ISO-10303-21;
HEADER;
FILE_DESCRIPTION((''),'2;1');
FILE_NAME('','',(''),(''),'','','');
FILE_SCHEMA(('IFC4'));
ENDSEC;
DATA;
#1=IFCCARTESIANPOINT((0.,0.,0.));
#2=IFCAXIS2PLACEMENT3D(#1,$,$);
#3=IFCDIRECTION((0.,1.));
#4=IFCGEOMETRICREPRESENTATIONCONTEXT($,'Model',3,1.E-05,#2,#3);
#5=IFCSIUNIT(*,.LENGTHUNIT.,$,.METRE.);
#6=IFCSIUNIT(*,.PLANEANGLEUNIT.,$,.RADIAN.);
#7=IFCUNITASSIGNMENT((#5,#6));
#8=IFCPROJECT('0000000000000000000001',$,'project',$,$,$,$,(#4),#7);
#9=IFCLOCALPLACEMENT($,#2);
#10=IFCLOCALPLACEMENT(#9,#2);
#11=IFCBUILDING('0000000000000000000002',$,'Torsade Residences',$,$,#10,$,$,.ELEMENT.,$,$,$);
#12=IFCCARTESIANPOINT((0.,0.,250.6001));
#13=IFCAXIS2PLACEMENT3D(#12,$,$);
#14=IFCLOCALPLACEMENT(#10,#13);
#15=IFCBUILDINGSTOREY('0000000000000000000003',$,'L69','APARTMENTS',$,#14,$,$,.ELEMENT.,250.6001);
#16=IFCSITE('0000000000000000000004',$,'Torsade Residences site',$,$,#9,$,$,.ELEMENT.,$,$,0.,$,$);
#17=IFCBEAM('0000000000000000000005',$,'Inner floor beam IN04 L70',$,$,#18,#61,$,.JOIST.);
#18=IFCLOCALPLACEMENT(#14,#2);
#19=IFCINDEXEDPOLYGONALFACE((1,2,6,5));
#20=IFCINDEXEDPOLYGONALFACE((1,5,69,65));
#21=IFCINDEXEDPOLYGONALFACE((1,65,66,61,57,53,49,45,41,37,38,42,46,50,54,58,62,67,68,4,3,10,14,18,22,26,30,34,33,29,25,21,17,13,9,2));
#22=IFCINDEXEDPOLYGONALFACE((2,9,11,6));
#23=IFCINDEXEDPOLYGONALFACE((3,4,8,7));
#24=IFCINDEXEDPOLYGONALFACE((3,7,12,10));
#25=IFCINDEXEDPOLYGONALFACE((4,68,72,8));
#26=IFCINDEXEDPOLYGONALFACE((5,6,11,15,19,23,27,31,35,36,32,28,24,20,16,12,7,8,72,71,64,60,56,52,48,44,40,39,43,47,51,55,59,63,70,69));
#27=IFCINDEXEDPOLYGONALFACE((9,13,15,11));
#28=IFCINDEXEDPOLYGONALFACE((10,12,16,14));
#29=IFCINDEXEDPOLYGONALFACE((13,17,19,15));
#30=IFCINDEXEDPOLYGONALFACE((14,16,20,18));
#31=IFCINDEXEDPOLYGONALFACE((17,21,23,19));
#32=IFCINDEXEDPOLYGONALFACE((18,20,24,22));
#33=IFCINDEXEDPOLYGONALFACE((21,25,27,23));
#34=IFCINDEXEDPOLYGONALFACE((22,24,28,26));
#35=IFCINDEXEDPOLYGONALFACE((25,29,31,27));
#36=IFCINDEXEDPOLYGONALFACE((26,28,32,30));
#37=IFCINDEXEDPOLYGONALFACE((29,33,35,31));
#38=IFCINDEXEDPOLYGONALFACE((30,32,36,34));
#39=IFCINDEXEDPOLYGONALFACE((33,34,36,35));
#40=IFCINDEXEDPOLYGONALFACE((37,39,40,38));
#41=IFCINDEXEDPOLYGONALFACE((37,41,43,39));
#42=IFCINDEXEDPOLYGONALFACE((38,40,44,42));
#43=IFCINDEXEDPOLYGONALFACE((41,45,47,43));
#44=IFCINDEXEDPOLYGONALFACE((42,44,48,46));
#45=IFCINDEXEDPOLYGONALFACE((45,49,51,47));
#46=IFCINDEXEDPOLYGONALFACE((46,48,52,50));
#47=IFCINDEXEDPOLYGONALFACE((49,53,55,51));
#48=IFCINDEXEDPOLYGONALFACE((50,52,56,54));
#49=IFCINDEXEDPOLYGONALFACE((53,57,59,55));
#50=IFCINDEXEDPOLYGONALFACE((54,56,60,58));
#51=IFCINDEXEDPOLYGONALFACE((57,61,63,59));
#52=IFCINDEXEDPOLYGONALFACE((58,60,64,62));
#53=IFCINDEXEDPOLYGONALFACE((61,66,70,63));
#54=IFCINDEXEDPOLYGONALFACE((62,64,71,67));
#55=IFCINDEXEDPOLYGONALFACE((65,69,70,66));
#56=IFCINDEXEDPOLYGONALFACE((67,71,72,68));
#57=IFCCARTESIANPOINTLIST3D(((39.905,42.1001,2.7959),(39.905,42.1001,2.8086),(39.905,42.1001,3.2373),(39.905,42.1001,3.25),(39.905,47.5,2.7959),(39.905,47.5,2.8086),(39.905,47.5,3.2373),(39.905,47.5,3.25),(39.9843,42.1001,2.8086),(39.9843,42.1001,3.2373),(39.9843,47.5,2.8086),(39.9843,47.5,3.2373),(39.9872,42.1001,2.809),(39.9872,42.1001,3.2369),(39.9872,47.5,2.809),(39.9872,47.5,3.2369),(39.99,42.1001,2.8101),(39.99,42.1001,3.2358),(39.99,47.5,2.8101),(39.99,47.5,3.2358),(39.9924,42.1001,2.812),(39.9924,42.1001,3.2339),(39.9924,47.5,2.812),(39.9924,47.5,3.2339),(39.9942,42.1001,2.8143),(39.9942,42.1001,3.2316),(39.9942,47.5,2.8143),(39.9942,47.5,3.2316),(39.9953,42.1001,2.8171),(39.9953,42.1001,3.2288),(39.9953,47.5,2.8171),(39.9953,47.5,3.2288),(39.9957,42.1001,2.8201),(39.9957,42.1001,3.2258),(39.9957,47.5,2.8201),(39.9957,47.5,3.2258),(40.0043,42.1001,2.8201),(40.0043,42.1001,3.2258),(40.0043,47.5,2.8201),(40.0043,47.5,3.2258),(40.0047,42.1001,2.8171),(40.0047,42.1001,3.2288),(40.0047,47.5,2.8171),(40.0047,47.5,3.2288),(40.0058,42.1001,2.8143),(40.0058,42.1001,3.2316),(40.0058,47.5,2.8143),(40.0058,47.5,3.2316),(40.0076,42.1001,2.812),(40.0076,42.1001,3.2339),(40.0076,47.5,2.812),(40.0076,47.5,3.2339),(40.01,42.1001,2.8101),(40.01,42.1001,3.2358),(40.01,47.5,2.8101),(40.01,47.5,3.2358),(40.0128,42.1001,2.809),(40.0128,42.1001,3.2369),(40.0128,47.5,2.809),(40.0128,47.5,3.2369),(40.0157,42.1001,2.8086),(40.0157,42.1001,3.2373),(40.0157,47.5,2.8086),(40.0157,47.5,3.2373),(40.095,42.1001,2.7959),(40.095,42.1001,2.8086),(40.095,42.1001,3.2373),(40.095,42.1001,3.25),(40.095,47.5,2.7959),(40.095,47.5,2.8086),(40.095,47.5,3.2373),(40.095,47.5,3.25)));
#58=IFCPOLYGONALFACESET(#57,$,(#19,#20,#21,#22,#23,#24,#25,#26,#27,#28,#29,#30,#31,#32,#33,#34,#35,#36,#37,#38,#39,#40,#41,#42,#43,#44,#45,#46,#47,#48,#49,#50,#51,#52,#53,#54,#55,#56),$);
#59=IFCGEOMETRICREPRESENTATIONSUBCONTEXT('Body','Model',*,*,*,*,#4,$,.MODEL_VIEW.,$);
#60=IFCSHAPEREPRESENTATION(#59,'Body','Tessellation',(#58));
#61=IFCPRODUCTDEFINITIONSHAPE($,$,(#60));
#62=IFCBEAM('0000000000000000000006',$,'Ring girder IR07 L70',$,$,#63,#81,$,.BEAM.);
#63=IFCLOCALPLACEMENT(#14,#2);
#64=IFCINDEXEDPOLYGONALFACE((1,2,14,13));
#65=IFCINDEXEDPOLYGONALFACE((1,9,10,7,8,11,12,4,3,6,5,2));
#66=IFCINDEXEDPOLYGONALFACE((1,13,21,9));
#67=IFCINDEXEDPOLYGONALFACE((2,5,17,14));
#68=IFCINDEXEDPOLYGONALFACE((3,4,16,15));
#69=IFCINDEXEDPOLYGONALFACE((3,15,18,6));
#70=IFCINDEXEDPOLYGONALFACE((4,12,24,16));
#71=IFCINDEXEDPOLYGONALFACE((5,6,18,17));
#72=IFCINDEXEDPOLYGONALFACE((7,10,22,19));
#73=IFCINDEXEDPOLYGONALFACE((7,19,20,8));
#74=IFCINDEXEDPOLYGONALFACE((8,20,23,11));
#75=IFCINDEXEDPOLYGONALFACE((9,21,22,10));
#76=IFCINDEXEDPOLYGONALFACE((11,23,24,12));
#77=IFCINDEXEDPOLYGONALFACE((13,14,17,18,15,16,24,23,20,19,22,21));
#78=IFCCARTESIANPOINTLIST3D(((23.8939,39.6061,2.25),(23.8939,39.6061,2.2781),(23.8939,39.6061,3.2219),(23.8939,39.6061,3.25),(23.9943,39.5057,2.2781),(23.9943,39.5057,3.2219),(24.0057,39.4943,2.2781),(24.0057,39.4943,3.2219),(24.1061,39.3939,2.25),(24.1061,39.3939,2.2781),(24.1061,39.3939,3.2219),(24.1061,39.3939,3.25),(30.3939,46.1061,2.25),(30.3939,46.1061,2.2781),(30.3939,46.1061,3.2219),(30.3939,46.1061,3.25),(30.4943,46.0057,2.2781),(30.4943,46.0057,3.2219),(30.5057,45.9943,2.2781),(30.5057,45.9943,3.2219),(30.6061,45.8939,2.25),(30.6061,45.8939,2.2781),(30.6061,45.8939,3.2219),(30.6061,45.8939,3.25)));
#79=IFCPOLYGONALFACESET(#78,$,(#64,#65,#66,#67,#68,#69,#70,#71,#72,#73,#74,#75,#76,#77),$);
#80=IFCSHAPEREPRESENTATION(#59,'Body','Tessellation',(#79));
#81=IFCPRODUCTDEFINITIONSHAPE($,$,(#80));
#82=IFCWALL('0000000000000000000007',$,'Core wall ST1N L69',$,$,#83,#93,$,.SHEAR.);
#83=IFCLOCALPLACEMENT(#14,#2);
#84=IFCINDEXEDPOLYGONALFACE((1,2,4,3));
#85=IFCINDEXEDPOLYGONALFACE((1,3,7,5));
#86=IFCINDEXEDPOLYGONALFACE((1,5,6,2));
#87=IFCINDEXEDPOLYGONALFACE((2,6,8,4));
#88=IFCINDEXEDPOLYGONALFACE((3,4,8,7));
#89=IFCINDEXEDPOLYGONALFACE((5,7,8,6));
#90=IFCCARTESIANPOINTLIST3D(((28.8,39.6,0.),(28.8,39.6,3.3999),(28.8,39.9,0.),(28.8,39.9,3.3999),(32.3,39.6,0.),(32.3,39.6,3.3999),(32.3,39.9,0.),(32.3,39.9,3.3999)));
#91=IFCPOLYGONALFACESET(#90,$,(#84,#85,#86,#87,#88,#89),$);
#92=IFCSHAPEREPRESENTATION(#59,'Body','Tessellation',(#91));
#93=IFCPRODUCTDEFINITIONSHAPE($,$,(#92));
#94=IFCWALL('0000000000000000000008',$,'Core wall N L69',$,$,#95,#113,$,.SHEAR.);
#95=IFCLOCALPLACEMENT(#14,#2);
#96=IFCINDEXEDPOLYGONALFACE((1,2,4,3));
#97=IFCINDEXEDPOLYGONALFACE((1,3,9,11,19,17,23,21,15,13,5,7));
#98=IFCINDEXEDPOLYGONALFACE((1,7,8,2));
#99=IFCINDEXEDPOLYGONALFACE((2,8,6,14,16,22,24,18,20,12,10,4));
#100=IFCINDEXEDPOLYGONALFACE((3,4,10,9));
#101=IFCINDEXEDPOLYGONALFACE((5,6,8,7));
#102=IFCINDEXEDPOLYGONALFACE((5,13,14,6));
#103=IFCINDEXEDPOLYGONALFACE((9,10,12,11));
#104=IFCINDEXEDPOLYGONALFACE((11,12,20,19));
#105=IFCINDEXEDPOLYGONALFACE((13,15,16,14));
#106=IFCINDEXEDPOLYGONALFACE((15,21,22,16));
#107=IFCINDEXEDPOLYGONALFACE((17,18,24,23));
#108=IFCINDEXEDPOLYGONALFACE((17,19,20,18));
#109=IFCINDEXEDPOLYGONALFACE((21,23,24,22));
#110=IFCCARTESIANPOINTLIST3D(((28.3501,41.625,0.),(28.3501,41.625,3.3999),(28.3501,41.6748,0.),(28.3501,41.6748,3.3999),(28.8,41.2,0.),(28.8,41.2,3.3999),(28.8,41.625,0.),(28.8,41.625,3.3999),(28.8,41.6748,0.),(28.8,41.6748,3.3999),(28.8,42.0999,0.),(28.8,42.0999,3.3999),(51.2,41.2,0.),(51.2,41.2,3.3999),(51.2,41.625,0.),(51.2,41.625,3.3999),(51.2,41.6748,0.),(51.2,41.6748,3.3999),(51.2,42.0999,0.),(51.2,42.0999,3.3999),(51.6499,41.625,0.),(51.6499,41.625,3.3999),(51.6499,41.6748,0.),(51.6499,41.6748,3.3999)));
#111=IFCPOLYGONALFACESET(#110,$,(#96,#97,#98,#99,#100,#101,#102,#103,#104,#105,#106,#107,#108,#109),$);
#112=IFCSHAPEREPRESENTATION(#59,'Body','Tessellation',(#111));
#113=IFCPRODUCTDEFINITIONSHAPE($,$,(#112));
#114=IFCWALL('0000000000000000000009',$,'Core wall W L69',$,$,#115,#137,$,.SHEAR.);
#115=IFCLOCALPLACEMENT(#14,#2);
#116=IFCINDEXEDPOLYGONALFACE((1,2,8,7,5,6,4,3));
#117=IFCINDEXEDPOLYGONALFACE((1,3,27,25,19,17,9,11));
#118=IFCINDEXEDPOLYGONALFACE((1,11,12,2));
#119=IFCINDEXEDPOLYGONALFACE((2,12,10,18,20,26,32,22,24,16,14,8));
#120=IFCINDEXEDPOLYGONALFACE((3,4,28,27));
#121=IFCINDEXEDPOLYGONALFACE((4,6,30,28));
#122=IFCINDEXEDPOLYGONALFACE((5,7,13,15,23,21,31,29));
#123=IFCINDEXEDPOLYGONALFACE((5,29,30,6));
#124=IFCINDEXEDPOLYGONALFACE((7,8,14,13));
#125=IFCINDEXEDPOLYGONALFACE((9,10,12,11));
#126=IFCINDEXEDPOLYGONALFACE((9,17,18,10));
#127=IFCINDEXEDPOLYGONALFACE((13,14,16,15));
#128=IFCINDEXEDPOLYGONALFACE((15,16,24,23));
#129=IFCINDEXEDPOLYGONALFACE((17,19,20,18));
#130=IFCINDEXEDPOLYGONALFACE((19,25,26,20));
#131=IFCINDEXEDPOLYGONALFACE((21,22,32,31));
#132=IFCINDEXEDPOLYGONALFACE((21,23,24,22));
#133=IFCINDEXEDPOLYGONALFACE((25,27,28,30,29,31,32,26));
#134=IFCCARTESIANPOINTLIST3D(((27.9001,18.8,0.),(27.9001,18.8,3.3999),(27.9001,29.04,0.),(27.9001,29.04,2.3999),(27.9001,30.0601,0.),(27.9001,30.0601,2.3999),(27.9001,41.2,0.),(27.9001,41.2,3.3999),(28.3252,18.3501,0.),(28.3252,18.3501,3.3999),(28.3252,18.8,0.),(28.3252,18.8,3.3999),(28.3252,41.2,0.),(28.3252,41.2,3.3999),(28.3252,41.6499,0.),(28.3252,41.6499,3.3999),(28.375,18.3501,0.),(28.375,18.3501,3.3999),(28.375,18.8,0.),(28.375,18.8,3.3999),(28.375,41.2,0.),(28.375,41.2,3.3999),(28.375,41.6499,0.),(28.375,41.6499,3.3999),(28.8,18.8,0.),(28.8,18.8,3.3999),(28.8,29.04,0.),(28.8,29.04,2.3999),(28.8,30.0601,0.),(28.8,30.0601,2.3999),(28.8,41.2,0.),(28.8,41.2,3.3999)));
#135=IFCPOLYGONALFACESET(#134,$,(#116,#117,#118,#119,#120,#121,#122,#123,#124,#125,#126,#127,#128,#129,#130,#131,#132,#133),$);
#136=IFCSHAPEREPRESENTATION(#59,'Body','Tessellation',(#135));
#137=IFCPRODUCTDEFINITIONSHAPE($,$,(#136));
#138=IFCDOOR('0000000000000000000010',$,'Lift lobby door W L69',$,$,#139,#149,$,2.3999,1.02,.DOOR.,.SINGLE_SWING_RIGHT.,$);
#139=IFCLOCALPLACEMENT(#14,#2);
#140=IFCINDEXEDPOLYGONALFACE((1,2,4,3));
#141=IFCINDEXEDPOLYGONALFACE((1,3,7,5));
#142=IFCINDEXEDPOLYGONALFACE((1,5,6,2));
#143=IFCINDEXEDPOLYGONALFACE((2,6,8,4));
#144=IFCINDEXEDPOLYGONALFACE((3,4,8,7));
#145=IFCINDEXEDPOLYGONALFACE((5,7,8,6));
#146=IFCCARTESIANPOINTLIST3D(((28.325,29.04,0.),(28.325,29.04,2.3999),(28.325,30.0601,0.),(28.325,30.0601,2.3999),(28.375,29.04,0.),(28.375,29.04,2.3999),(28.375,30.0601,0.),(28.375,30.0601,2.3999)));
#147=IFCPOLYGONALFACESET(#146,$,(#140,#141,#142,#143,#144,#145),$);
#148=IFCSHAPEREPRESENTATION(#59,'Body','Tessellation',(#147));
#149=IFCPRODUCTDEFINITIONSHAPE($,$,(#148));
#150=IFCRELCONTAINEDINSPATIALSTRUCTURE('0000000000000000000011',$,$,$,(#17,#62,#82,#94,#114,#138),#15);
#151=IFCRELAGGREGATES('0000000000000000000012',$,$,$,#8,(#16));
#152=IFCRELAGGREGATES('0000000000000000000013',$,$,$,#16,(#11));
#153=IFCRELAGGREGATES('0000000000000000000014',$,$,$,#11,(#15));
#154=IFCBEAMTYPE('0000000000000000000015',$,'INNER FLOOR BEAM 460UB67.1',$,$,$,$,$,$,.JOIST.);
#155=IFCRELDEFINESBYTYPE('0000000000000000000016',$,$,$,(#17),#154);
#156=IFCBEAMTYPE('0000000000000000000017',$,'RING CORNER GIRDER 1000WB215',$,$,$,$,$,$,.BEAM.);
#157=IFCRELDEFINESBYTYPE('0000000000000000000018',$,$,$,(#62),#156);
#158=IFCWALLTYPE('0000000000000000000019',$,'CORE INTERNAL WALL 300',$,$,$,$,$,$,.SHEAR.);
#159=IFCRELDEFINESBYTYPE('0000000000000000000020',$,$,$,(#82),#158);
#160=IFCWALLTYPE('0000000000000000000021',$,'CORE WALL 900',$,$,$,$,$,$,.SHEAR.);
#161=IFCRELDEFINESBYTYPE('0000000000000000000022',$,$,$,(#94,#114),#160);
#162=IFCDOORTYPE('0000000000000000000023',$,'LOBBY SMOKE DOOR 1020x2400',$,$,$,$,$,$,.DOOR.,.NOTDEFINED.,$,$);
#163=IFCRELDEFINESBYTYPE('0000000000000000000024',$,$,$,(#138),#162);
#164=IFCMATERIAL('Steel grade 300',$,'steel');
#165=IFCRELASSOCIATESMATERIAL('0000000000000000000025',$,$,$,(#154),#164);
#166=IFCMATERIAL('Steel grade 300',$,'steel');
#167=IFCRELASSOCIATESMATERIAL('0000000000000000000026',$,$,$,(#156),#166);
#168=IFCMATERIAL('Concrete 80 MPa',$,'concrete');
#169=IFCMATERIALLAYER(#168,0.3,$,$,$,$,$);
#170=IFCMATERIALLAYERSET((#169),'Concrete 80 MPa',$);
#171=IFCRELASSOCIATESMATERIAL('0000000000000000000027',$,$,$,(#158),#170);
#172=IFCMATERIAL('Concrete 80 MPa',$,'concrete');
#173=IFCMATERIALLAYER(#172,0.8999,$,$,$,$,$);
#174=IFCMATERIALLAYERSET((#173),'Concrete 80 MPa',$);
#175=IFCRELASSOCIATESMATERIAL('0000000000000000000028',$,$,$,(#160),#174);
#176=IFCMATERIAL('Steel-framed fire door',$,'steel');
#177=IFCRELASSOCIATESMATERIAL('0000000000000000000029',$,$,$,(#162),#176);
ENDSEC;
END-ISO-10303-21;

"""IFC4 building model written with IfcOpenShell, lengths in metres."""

from ifc_helpers import new_model, si_unit, direction, frame, frame_2d, origin, origin_2d, place, context, subcontext, project, spatial, polyline, rectangle, i_section, outline, extrude, material, layer, layer_set, material_profile, profile_set, type_object, element, fill, save


model = new_model("IFC4")

# Units and contexts
model_context = context("Model", 3, precision=1e-05, world=origin(), true_north=direction((0.0, 1.0)))
body_context = subcontext(model_context, "Body", "Model", "MODEL_VIEW")
ifc_project = project(units=[si_unit("LENGTHUNIT", "METRE"), si_unit("PLANEANGLEUNIT", "RADIAN")], contexts=[model_context])

# Site, building, storey
site_placement = place(None, origin())
site = spatial("IfcSite", under=ifc_project, at=site_placement, Name="Torsade Residences site", CompositionType="ELEMENT", RefElevation=0.0)
building_placement = place(site_placement, origin())
building = spatial("IfcBuilding", under=site, at=building_placement, Name="Torsade Residences", CompositionType="ELEMENT")
storey_placement = place(building_placement, frame((0.0, 0.0, 250.6001)))
storey = spatial("IfcBuildingStorey", under=building, at=storey_placement, Name="L69", Description="APARTMENTS", CompositionType="ELEMENT", Elevation=250.6001)

# Beams
ifc_material_1 = material(Name="Steel grade 300", Category="steel")
ifc_material_profile_1 = material_profile(ifc_material_1, i_section(OverallWidth=0.1899, OverallDepth=0.4541, WebThickness=0.0085, FlangeThickness=0.0127, FilletRadius=0.0115, at=origin_2d()), Name="460UB67.1")
ifc_profile_set_1 = profile_set([ifc_material_profile_1], Name="Steel grade 300")
beam_type_1 = type_object("IfcBeamType", Name="INNER FLOOR BEAM 460UB67.1", PredefinedType="JOIST", material=ifc_profile_set_1)
for number, where, z_axis, x_axis, name in (
    (1, (40.0, 42.1001, 3.0229), (0.0, 1.0, 0.0), (-1.0, 0.0, 0.0), "Inner floor beam IN04 L70"),
):
    element("IfcBeam", number, at=place(storey_placement, frame(where, z_axis=z_axis, x_axis=x_axis)), inside=storey, type_object=beam_type_1, Name=name, PredefinedType="JOIST", context=body_context, shape_type="SweptSolid", body=[
        extrude(i_section(OverallWidth=0.1899, OverallDepth=0.4541, WebThickness=0.0085, FlangeThickness=0.0127, FilletRadius=0.0115, at=origin_2d()), origin(), (0.0, 0.0, 1.0), 5.3999),
    ])
ifc_material_2 = material(Name="Steel grade 300", Category="steel")
ifc_material_profile_2 = material_profile(ifc_material_2, i_section(OverallWidth=0.3, OverallDepth=1.0, WebThickness=0.0161, FlangeThickness=0.0281, at=origin_2d()), Name="1000WB215")
ifc_profile_set_2 = profile_set([ifc_material_profile_2], Name="Steel grade 300")
beam_type_2 = type_object("IfcBeamType", Name="RING CORNER GIRDER 1000WB215", PredefinedType="BEAM", material=ifc_profile_set_2)
beam_1_placement = place(storey_placement, frame((30.5, 46.0, 2.75), z_axis=(-0.707107, -0.707107, 0.0), x_axis=(0.707107, -0.707107, 0.0)))
element("IfcBeam", 2, at=beam_1_placement, inside=storey, type_object=beam_type_2, Name="Ring girder IR07 L70", PredefinedType="BEAM", context=body_context, shape_type="SweptSolid", body=[
    extrude(i_section(OverallWidth=0.3, OverallDepth=1.0, WebThickness=0.0161, FlangeThickness=0.0281, at=origin_2d()), origin(), (0.0, 0.0, 1.0), 9.1924),
])

# Walls
ifc_material_3 = material(Name="Concrete 80 MPa", Category="concrete")
ifc_layer_1 = layer(ifc_material_3, 0.3)
ifc_layer_set_1 = layer_set([ifc_layer_1], Name="Concrete 80 MPa")
wall_type_1 = type_object("IfcWallType", Name="CORE INTERNAL WALL 300", PredefinedType="SHEAR", material=ifc_layer_set_1)
wall_1_placement = place(storey_placement, frame((28.8, 39.75, 0.0), z_axis=(0.0, 0.0, 1.0), x_axis=(1.0, 0.0, 0.0)))
element("IfcWall", 3, at=wall_1_placement, inside=storey, type_object=wall_type_1, Name="Core wall ST1N L69", PredefinedType="SHEAR", context=body_context, shape_type="SweptSolid", body=[
    extrude(rectangle(XDim=3.5, YDim=0.3, at=frame_2d((1.75, 0.0))), origin(), (0.0, 0.0, 1.0), 3.3999),
])
ifc_material_4 = material(Name="Concrete 80 MPa", Category="concrete")
ifc_layer_2 = layer(ifc_material_4, 0.8999)
ifc_layer_set_2 = layer_set([ifc_layer_2], Name="Concrete 80 MPa")
wall_type_2 = type_object("IfcWallType", Name="CORE WALL 900", PredefinedType="SHEAR", material=ifc_layer_set_2)
wall_2_placement = place(storey_placement, frame((28.8, 41.6499, 0.0), z_axis=(0.0, 0.0, 1.0), x_axis=(1.0, 0.0, 0.0)))
element("IfcWall", 4, at=wall_2_placement, inside=storey, type_object=wall_type_2, Name="Core wall N L69", PredefinedType="SHEAR", context=body_context, shape_type="SweptSolid", body=[
    extrude(outline(polyline([(0.0, -0.45), (22.3999, -0.45), (22.3999, -0.0249), (22.8499, -0.0249), (22.8499, 0.0249), (22.3999, 0.0249), (22.3999, 0.45), (0.0, 0.45), (0.0, 0.0249), (-0.45, 0.0249), (-0.45, -0.0249), (0.0, -0.0249), (0.0, -0.45)])), origin(), (0.0, 0.0, 1.0), 3.3999),
])

# Wall, opening, door
wall_3_placement = place(storey_placement, frame((28.3501, 41.2, 0.0), z_axis=(0.0, 0.0, 1.0), x_axis=(0.0, -1.0, 0.0)))
wall_3 = element("IfcWall", 5, at=wall_3_placement, inside=storey, type_object=wall_type_2, Name="Core wall W L69", PredefinedType="SHEAR", context=body_context, shape_type="SweptSolid", body=[
    extrude(outline(polyline([(0.0, -0.45), (22.3999, -0.45), (22.3999, -0.0249), (22.8499, -0.0249), (22.8499, 0.0249), (22.3999, 0.0249), (22.3999, 0.45), (0.0, 0.45), (0.0, 0.0249), (-0.45, 0.0249), (-0.45, -0.0249), (0.0, -0.0249), (0.0, -0.45)])), origin(), (0.0, 0.0, 1.0), 3.3999),
])
opening_1_placement = place(wall_3_placement, frame((11.1399, 0.0, 0.0)))
opening_1 = element("IfcOpeningElement", 6, at=opening_1_placement, cuts=wall_3, PredefinedType="OPENING", context=body_context, shape_type="SweptSolid", body=[
    extrude(rectangle(XDim=1.02, YDim=2.3999, at=frame_2d((0.51, 1.2))), frame((0.0, 0.46, 0.0), z_axis=(0.0, -1.0, 0.0), x_axis=(1.0, 0.0, 0.0)), (0.0, 0.0, 1.0), 0.9199),
])
ifc_material_5 = material(Name="Steel-framed fire door", Category="steel")
door_type_1 = type_object("IfcDoorType", Name="LOBBY SMOKE DOOR 1020x2400", OperationType="NOTDEFINED", PredefinedType="DOOR", material=ifc_material_5)
door_1_placement = place(opening_1_placement, origin())
door_1 = element("IfcDoor", 7, at=door_1_placement, inside=storey, type_object=door_type_1, Name="Lift lobby door W L69", OperationType="SINGLE_SWING_RIGHT", OverallHeight=2.3999, OverallWidth=1.02, PredefinedType="DOOR", context=body_context, shape_type="SweptSolid", body=[
    extrude(rectangle(XDim=1.02, YDim=2.3999, at=frame_2d((0.51, 1.2))), frame((0.0, 0.0249, 0.0), z_axis=(0.0, -1.0, 0.0), x_axis=(1.0, 0.0, 0.0)), (0.0, 0.0, 1.0), 0.05),
])
fill(opening_1, door_1)

save(model, "model.ifc")
